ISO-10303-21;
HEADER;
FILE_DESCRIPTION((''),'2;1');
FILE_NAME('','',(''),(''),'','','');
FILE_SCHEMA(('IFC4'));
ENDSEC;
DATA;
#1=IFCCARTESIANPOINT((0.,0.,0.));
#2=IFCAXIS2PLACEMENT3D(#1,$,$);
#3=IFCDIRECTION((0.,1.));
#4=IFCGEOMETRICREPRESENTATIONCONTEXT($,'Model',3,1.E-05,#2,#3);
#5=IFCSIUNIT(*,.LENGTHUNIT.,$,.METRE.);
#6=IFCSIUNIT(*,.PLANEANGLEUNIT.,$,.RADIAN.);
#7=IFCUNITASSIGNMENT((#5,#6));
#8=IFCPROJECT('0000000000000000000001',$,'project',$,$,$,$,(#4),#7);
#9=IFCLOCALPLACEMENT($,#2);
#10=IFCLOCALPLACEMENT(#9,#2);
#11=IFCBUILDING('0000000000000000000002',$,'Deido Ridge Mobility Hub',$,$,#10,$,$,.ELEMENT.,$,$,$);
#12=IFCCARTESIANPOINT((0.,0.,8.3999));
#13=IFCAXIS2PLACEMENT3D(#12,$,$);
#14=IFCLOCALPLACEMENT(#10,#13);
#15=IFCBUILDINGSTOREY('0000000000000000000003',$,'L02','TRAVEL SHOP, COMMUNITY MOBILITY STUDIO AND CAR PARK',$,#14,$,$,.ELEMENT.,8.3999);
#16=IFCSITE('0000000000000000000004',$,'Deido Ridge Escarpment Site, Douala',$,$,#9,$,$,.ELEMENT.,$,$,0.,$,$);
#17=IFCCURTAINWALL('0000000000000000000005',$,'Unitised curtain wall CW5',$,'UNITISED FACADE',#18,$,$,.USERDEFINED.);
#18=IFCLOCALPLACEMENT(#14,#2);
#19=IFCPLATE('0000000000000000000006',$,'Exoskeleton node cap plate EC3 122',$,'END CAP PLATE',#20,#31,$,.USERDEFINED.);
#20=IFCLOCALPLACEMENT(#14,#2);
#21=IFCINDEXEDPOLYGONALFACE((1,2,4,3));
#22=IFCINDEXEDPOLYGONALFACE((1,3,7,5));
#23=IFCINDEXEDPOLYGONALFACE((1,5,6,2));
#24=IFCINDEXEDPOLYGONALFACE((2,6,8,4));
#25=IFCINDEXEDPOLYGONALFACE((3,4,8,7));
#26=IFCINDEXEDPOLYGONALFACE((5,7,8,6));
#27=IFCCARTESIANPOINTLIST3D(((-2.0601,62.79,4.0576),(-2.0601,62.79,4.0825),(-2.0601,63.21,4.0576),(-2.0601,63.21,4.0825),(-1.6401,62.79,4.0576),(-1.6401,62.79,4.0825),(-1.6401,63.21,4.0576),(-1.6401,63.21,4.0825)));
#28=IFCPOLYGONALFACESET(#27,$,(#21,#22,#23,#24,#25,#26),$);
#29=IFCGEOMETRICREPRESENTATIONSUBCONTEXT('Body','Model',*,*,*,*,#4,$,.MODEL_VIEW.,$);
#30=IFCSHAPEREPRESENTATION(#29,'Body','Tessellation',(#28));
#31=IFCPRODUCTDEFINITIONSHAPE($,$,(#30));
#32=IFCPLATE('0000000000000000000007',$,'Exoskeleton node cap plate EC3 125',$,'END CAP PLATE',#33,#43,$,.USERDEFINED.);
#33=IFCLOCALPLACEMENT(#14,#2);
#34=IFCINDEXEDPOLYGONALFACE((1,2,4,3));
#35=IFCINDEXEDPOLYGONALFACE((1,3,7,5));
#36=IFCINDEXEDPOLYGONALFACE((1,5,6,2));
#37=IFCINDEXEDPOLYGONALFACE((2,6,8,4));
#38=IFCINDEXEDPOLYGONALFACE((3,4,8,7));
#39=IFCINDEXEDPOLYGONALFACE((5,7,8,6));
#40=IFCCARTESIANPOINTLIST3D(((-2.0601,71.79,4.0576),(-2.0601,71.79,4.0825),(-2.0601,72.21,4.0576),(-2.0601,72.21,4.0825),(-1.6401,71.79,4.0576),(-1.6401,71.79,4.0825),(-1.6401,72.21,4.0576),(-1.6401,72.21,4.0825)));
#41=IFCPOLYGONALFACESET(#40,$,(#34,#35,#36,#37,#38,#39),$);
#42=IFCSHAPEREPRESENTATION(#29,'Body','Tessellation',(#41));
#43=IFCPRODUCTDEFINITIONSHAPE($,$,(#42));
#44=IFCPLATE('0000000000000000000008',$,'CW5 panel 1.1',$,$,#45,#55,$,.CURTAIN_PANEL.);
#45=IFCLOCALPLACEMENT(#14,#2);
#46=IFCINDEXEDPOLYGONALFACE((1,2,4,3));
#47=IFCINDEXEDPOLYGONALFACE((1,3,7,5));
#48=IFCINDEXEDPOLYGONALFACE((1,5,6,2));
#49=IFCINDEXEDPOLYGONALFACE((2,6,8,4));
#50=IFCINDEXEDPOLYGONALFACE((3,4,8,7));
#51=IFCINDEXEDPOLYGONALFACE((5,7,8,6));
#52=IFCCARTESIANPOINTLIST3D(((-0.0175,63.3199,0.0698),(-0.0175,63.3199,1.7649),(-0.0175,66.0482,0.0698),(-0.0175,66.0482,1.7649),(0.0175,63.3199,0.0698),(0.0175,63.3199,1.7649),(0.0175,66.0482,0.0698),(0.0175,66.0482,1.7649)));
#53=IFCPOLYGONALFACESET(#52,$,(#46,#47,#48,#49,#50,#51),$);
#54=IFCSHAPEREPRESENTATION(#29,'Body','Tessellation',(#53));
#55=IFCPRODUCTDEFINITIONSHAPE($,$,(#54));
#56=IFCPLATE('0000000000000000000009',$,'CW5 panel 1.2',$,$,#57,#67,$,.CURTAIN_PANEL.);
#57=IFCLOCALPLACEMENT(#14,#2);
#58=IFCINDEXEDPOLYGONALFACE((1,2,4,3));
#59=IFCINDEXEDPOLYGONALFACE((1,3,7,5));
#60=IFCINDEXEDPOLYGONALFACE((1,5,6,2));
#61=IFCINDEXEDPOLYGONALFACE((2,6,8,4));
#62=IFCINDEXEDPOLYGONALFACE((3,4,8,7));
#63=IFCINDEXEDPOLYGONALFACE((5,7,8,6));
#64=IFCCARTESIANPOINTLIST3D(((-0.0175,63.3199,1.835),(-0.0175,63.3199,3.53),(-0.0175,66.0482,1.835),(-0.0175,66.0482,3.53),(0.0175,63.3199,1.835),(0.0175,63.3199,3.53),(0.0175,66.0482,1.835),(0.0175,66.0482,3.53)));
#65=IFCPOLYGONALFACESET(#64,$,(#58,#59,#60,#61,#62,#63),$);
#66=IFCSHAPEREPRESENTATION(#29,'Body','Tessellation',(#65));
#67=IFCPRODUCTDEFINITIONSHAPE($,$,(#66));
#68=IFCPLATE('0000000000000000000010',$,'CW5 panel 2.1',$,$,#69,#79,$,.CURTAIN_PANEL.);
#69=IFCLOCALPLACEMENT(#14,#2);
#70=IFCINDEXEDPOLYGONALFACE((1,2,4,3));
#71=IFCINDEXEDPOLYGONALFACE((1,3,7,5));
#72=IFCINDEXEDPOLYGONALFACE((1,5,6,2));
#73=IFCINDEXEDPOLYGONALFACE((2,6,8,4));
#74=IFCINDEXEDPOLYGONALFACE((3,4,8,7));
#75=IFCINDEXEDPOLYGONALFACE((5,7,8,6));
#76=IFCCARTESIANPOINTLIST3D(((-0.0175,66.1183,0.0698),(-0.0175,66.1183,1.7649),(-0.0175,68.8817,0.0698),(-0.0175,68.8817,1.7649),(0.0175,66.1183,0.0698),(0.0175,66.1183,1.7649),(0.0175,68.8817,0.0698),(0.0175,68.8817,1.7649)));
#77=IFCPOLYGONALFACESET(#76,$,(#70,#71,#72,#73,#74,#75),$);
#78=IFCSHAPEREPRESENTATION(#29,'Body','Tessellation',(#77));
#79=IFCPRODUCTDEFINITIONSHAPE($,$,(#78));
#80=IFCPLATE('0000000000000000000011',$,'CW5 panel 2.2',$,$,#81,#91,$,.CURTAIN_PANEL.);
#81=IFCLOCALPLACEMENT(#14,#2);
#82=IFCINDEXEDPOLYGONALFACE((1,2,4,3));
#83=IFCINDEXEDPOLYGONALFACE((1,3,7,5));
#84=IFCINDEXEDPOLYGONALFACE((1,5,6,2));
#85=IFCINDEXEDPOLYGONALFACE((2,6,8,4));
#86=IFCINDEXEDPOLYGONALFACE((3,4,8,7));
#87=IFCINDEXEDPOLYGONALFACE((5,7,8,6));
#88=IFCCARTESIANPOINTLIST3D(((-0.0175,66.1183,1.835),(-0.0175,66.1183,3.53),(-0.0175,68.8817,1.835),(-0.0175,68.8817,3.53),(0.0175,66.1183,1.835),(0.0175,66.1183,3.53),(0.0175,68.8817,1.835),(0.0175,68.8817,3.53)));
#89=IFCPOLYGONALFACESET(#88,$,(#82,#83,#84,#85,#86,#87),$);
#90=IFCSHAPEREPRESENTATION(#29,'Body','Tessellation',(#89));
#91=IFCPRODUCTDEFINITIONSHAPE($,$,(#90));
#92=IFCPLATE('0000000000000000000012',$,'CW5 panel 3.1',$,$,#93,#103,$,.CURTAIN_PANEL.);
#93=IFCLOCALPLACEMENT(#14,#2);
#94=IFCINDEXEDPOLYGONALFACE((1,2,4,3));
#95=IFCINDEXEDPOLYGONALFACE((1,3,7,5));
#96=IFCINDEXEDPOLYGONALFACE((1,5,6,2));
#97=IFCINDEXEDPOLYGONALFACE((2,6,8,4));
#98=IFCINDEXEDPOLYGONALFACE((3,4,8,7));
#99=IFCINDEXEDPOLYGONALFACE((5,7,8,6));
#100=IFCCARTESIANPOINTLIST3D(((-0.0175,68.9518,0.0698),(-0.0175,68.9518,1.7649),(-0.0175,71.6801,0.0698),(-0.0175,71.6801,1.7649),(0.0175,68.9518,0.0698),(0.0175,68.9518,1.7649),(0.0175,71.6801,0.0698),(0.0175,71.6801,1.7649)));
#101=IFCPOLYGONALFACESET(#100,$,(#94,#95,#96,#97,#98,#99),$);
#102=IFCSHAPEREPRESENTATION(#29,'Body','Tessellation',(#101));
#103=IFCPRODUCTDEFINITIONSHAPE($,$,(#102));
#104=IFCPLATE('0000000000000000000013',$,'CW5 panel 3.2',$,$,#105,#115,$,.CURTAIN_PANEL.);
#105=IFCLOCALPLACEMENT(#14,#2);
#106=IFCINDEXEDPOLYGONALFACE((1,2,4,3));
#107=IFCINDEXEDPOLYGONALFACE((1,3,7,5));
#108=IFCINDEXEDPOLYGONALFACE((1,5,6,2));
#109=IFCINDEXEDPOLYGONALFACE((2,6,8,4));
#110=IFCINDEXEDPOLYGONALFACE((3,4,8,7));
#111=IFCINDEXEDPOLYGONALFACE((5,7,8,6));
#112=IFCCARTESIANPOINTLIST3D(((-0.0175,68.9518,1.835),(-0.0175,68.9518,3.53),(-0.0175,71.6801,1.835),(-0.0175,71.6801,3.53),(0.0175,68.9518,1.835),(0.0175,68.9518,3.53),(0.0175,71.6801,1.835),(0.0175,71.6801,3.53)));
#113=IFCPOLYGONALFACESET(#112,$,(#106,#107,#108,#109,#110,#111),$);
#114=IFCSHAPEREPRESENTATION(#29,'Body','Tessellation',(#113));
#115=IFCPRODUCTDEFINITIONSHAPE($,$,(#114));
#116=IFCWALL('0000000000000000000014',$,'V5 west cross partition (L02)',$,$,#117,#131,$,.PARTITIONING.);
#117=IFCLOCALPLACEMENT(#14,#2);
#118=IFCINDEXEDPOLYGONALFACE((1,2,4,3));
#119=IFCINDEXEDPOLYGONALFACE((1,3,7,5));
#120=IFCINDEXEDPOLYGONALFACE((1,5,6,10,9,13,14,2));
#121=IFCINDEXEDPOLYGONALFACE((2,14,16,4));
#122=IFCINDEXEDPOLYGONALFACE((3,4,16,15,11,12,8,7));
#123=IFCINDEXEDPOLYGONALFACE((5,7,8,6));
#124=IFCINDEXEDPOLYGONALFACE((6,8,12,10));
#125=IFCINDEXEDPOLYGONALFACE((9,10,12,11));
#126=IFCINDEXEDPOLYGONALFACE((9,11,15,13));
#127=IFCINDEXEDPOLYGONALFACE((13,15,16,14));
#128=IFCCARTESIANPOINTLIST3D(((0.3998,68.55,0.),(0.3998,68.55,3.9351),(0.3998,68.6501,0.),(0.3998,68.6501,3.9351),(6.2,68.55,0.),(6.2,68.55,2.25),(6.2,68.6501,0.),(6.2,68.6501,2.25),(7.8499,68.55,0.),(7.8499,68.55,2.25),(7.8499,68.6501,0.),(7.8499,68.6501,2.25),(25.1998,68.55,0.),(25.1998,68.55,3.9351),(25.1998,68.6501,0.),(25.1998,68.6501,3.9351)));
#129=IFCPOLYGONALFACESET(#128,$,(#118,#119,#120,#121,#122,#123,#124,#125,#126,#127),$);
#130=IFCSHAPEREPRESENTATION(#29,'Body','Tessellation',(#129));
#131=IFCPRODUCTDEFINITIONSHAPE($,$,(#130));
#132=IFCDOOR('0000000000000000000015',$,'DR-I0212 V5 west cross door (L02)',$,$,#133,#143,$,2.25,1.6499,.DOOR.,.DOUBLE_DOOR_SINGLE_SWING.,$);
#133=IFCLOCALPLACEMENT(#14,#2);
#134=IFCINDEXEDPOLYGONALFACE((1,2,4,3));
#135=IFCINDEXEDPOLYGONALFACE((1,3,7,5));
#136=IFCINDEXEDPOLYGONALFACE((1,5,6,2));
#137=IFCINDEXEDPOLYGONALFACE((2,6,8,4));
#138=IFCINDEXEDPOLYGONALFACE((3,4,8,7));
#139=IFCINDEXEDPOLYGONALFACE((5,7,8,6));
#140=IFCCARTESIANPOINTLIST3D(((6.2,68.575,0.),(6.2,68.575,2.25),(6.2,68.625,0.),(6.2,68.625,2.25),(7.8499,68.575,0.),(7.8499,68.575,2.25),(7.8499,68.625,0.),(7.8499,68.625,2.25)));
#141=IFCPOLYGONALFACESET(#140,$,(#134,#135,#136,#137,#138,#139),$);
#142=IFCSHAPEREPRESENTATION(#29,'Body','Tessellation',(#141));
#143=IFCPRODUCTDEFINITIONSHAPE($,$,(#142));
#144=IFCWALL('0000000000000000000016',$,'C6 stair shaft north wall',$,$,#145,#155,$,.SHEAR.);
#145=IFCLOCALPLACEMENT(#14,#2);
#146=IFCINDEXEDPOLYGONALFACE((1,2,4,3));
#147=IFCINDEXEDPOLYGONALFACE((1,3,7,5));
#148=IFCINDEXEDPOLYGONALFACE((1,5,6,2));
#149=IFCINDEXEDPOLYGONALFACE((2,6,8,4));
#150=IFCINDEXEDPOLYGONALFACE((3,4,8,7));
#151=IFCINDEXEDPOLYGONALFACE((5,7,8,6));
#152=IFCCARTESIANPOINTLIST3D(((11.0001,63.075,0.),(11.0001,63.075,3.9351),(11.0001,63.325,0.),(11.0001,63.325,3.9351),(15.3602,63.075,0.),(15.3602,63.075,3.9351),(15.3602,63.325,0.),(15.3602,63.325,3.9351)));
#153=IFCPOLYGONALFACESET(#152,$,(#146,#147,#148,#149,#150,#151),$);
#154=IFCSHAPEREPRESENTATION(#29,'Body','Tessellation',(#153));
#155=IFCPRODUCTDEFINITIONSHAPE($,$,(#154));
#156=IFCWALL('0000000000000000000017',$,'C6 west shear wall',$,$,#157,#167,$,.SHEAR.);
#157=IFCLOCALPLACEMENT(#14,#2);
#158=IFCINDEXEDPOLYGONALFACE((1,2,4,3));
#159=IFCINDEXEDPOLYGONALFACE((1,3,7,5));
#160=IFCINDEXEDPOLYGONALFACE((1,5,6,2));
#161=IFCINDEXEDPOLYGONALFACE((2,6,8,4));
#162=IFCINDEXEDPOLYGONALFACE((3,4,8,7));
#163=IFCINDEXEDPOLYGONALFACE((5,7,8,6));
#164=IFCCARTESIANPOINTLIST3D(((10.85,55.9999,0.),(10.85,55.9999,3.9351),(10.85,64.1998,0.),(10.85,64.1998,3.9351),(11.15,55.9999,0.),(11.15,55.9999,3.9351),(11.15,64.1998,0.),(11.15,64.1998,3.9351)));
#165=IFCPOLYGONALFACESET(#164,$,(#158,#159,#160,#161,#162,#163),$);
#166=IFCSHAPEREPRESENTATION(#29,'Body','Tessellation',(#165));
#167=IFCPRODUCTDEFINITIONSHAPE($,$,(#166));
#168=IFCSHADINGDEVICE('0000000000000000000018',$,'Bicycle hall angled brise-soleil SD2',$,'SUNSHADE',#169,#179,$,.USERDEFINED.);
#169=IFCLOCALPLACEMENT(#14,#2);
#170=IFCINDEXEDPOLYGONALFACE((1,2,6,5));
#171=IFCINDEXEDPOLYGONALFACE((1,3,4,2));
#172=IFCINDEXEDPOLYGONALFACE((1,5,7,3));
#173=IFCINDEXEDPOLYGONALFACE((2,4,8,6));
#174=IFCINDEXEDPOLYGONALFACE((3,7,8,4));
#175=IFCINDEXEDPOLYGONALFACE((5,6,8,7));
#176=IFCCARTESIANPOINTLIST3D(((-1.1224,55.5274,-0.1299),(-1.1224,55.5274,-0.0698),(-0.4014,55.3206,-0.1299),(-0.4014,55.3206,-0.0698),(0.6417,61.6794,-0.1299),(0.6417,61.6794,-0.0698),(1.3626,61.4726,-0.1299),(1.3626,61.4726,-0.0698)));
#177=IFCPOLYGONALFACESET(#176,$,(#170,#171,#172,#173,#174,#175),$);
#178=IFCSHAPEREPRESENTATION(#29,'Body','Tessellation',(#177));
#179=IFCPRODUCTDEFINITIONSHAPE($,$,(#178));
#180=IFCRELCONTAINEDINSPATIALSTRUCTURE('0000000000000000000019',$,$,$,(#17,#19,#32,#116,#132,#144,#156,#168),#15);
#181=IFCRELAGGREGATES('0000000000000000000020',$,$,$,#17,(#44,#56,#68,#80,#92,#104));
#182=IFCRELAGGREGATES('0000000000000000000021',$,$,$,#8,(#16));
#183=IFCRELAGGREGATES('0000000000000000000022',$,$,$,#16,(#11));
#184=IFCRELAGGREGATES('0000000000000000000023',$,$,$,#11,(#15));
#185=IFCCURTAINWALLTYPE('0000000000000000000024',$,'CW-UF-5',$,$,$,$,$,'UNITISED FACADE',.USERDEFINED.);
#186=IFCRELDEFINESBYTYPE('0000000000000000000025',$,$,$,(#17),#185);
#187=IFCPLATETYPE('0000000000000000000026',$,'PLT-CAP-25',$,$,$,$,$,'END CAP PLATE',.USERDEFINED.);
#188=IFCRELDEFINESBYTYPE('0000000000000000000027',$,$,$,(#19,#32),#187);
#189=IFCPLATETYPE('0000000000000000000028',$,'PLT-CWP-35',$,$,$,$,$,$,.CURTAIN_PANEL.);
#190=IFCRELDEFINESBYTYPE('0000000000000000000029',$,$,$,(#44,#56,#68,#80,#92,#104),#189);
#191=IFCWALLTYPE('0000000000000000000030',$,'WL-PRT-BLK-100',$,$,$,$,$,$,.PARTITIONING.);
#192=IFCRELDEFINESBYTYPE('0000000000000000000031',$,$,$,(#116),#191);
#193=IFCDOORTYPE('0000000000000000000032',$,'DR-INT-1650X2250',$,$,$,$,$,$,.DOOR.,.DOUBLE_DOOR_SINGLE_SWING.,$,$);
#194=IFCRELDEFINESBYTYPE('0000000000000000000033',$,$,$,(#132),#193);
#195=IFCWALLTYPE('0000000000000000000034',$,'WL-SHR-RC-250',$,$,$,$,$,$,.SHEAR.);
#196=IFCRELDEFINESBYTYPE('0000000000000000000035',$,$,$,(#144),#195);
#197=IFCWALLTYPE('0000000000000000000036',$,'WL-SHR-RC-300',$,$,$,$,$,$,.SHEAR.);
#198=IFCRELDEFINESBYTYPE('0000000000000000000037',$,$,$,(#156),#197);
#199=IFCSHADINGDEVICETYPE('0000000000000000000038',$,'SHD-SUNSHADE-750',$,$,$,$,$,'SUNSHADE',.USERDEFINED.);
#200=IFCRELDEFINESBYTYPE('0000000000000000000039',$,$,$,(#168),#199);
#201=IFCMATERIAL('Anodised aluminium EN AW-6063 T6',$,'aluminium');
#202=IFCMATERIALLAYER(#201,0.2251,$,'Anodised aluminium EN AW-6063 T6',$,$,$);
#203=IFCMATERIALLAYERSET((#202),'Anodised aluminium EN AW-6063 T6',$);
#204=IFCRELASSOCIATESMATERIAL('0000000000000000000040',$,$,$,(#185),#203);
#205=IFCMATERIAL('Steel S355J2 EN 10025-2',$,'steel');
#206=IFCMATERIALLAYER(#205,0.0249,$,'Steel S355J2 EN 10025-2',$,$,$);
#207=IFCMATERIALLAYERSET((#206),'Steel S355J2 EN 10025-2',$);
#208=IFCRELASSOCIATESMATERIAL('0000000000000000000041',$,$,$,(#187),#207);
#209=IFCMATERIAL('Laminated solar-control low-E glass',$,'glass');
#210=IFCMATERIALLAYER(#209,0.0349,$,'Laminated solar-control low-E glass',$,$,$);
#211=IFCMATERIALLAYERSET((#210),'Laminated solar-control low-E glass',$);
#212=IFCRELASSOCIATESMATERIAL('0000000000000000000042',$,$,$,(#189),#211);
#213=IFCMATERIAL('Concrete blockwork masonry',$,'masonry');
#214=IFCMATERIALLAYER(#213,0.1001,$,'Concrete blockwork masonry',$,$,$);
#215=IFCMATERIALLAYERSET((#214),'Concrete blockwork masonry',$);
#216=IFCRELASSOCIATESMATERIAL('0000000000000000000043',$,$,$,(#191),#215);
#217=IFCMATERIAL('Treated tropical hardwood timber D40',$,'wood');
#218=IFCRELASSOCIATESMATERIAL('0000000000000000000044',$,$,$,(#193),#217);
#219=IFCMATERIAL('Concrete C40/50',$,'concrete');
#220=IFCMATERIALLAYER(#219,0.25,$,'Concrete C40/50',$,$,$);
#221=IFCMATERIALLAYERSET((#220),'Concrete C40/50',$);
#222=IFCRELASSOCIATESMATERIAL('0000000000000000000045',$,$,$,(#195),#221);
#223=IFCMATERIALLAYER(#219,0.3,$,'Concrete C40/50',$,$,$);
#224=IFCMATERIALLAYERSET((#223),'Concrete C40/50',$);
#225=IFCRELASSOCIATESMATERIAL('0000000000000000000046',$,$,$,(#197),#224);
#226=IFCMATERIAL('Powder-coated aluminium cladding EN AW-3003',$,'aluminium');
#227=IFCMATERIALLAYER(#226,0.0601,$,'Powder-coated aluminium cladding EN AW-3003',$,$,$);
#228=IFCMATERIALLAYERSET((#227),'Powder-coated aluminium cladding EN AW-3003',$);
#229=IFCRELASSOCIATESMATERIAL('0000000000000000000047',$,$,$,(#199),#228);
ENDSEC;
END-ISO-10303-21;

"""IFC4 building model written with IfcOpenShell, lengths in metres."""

from ifc_helpers import new_model, si_unit, direction, frame, frame_2d, origin, origin_2d, place, context, subcontext, project, spatial, rectangle, extrude, material, layer, layer_set, type_object, element, fill, aggregate, save


model = new_model("IFC4")

# Units and contexts
model_context = context("Model", 3, precision=1e-05, world=origin(), true_north=direction((0.0, 1.0)))
body_context = subcontext(model_context, "Body", "Model", "MODEL_VIEW")
ifc_project = project(units=[si_unit("LENGTHUNIT", "METRE"), si_unit("PLANEANGLEUNIT", "RADIAN")], contexts=[model_context])

# Site, building, storey
site_placement = place(None, origin())
site = spatial("IfcSite", under=ifc_project, at=site_placement, Name="Deido Ridge Escarpment Site, Douala", CompositionType="ELEMENT", RefElevation=0.0)
building_placement = place(site_placement, origin())
building = spatial("IfcBuilding", under=site, at=building_placement, Name="Deido Ridge Mobility Hub", CompositionType="ELEMENT")
storey_placement = place(building_placement, frame((0.0, 0.0, 8.3999)))
storey = spatial("IfcBuildingStorey", under=building, at=storey_placement, Name="L02", Description="TRAVEL SHOP, COMMUNITY MOBILITY STUDIO AND CAR PARK", CompositionType="ELEMENT", Elevation=8.3999)

# Shared definitions
ifc_material_1 = material(Name="Steel S355J2 EN 10025-2", Category="steel")

# Curtain wall
ifc_material_2 = material(Name="Anodised aluminium EN AW-6063 T6", Category="aluminium")
ifc_layer_1 = layer(ifc_material_2, 0.2251, Name="Anodised aluminium EN AW-6063 T6")
ifc_layer_set_1 = layer_set([ifc_layer_1], Name="Anodised aluminium EN AW-6063 T6")
curtain_wall_type = type_object("IfcCurtainWallType", Name="CW-UF-5", ElementType="UNITISED FACADE", PredefinedType="USERDEFINED", material=ifc_layer_set_1)
curtain_wall_placement = place(storey_placement, origin())
curtain_wall = element("IfcCurtainWall", 1, at=curtain_wall_placement, inside=storey, type_object=curtain_wall_type, Name="Unitised curtain wall CW5", ObjectType="UNITISED FACADE", PredefinedType="USERDEFINED")

# Plates
ifc_layer_2 = layer(ifc_material_1, 0.0249, Name="Steel S355J2 EN 10025-2")
ifc_layer_set_2 = layer_set([ifc_layer_2], Name="Steel S355J2 EN 10025-2")
plate_type_1 = type_object("IfcPlateType", Name="PLT-CAP-25", ElementType="END CAP PLATE", PredefinedType="USERDEFINED", material=ifc_layer_set_2)
for number, where, z_axis, x_axis, name in (
    (2, (-1.8501, 63.0, 4.0576), (0.0, 0.0, 1.0), (1.0, 0.0, 0.0), "Exoskeleton node cap plate EC3 122"),
    (3, (-1.8501, 72.0, 4.0576), (0.0, 0.0, 1.0), (1.0, 0.0, 0.0), "Exoskeleton node cap plate EC3 125"),
):
    element("IfcPlate", number, at=place(storey_placement, frame(where, z_axis=z_axis, x_axis=x_axis)), inside=storey, type_object=plate_type_1, Name=name, ObjectType="END CAP PLATE", PredefinedType="USERDEFINED", context=body_context, shape_type="SweptSolid", body=[
        extrude(rectangle(XDim=0.4199, YDim=0.4199, at=origin_2d()), origin(), (0.0, 0.0, 1.0), 0.0249),
    ])

# Plates
ifc_material_3 = material(Name="Laminated solar-control low-E glass", Category="glass")
ifc_layer_3 = layer(ifc_material_3, 0.0349, Name="Laminated solar-control low-E glass")
ifc_layer_set_3 = layer_set([ifc_layer_3], Name="Laminated solar-control low-E glass")
plate_type_2 = type_object("IfcPlateType", Name="PLT-CWP-35", PredefinedType="CURTAIN_PANEL", material=ifc_layer_set_3)
plate_1_placement = place(storey_placement, frame((0.0, 64.6841, 0.0698), z_axis=(0.0, 0.0, 1.0), x_axis=(0.0, 1.0, 0.0)))
plate_1 = element("IfcPlate", 4, at=plate_1_placement, type_object=plate_type_2, Name="CW5 panel 1.1", PredefinedType="CURTAIN_PANEL", context=body_context, shape_type="SweptSolid", body=[
    extrude(rectangle(XDim=2.7283, YDim=0.0349, at=origin_2d()), origin(), (0.0, 0.0, 1.0), 1.6951),
])
plate_2_placement = place(storey_placement, frame((0.0, 64.6841, 1.835), z_axis=(0.0, 0.0, 1.0), x_axis=(0.0, 1.0, 0.0)))
plate_2 = element("IfcPlate", 5, at=plate_2_placement, type_object=plate_type_2, Name="CW5 panel 1.2", PredefinedType="CURTAIN_PANEL", context=body_context, shape_type="SweptSolid", body=[
    extrude(rectangle(XDim=2.7283, YDim=0.0349, at=origin_2d()), origin(), (0.0, 0.0, 1.0), 1.6951),
])
plate_3_placement = place(storey_placement, frame((0.0, 67.5, 0.0698), z_axis=(0.0, 0.0, 1.0), x_axis=(0.0, 1.0, 0.0)))
plate_3 = element("IfcPlate", 6, at=plate_3_placement, type_object=plate_type_2, Name="CW5 panel 2.1", PredefinedType="CURTAIN_PANEL", context=body_context, shape_type="SweptSolid", body=[
    extrude(rectangle(XDim=2.7634, YDim=0.0349, at=origin_2d()), origin(), (0.0, 0.0, 1.0), 1.6951),
])
plate_4_placement = place(storey_placement, frame((0.0, 67.5, 1.835), z_axis=(0.0, 0.0, 1.0), x_axis=(0.0, 1.0, 0.0)))
plate_4 = element("IfcPlate", 7, at=plate_4_placement, type_object=plate_type_2, Name="CW5 panel 2.2", PredefinedType="CURTAIN_PANEL", context=body_context, shape_type="SweptSolid", body=[
    extrude(rectangle(XDim=2.7634, YDim=0.0349, at=origin_2d()), origin(), (0.0, 0.0, 1.0), 1.6951),
])
plate_5_placement = place(storey_placement, frame((0.0, 70.3159, 0.0698), z_axis=(0.0, 0.0, 1.0), x_axis=(0.0, 1.0, 0.0)))
plate_5 = element("IfcPlate", 8, at=plate_5_placement, type_object=plate_type_2, Name="CW5 panel 3.1", PredefinedType="CURTAIN_PANEL", context=body_context, shape_type="SweptSolid", body=[
    extrude(rectangle(XDim=2.7283, YDim=0.0349, at=origin_2d()), origin(), (0.0, 0.0, 1.0), 1.6951),
])
plate_6_placement = place(storey_placement, frame((0.0, 70.3159, 1.835), z_axis=(0.0, 0.0, 1.0), x_axis=(0.0, 1.0, 0.0)))
plate_6 = element("IfcPlate", 9, at=plate_6_placement, type_object=plate_type_2, Name="CW5 panel 3.2", PredefinedType="CURTAIN_PANEL", context=body_context, shape_type="SweptSolid", body=[
    extrude(rectangle(XDim=2.7283, YDim=0.0349, at=origin_2d()), origin(), (0.0, 0.0, 1.0), 1.6951),
])
aggregate(curtain_wall, [plate_1, plate_2, plate_3, plate_4, plate_5, plate_6])

# Wall, opening, door
ifc_material_4 = material(Name="Concrete blockwork masonry", Category="masonry")
ifc_layer_4 = layer(ifc_material_4, 0.1001, Name="Concrete blockwork masonry")
ifc_layer_set_4 = layer_set([ifc_layer_4], Name="Concrete blockwork masonry")
wall_type_1 = type_object("IfcWallType", Name="WL-PRT-BLK-100", PredefinedType="PARTITIONING", material=ifc_layer_set_4)
wall_1_placement = place(storey_placement, frame((0.3999, 68.6001, 0.0), z_axis=(0.0, 0.0, 1.0), x_axis=(1.0, 0.0, 0.0)))
wall_1 = element("IfcWall", 10, at=wall_1_placement, inside=storey, type_object=wall_type_1, Name="V5 west cross partition (L02)", PredefinedType="PARTITIONING", context=body_context, shape_type="SweptSolid", body=[
    extrude(rectangle(XDim=24.8, YDim=0.1001, at=frame_2d((12.3999, 0.0))), origin(), (0.0, 0.0, 1.0), 3.9351),
])
opening_placement = place(wall_1_placement, frame((5.8, 0.0, 0.0)))
opening = element("IfcOpeningElement", 11, at=opening_placement, cuts=wall_1, PredefinedType="OPENING", context=body_context, shape_type="SweptSolid", body=[
    extrude(rectangle(XDim=1.6499, YDim=2.25, at=frame_2d((0.825, 1.125))), frame((0.0, 0.0601, 0.0), z_axis=(0.0, -1.0, 0.0), x_axis=(1.0, 0.0, 0.0)), (0.0, 0.0, 1.0), 0.1201),
])
ifc_material_5 = material(Name="Treated tropical hardwood timber D40", Category="wood")
door_type = type_object("IfcDoorType", Name="DR-INT-1650X2250", OperationType="DOUBLE_DOOR_SINGLE_SWING", PredefinedType="DOOR", material=ifc_material_5)
door_placement = place(opening_placement, origin())
door = element("IfcDoor", 12, at=door_placement, inside=storey, type_object=door_type, Name="DR-I0212 V5 west cross door (L02)", OperationType="DOUBLE_DOOR_SINGLE_SWING", OverallHeight=2.25, OverallWidth=1.6499, PredefinedType="DOOR", context=body_context, shape_type="SweptSolid", body=[
    extrude(rectangle(XDim=1.6499, YDim=2.25, at=frame_2d((0.825, 1.125))), frame((0.0, 0.0249, 0.0), z_axis=(0.0, -1.0, 0.0), x_axis=(1.0, 0.0, 0.0)), (0.0, 0.0, 1.0), 0.05),
])
fill(opening, door)

# Walls
ifc_material_6 = material(Name="Concrete C40/50", Category="concrete")
ifc_layer_5 = layer(ifc_material_6, 0.25, Name="Concrete C40/50")
ifc_layer_set_5 = layer_set([ifc_layer_5], Name="Concrete C40/50")
wall_type_2 = type_object("IfcWallType", Name="WL-SHR-RC-250", PredefinedType="SHEAR", material=ifc_layer_set_5)
wall_2_placement = place(storey_placement, frame((11.0, 63.2, 0.0), z_axis=(0.0, 0.0, 1.0), x_axis=(1.0, 0.0, 0.0)))
element("IfcWall", 13, at=wall_2_placement, inside=storey, type_object=wall_type_2, Name="C6 stair shaft north wall", PredefinedType="SHEAR", context=body_context, shape_type="SweptSolid", body=[
    extrude(rectangle(XDim=4.3601, YDim=0.25, at=frame_2d((2.1802, 0.0))), origin(), (0.0, 0.0, 1.0), 3.9351),
])
ifc_layer_6 = layer(ifc_material_6, 0.3, Name="Concrete C40/50")
ifc_layer_set_6 = layer_set([ifc_layer_6], Name="Concrete C40/50")
wall_type_3 = type_object("IfcWallType", Name="WL-SHR-RC-300", PredefinedType="SHEAR", material=ifc_layer_set_6)
wall_3_placement = place(storey_placement, frame((11.0, 64.2, 0.0), z_axis=(0.0, 0.0, 1.0), x_axis=(0.0, -1.0, 0.0)))
element("IfcWall", 14, at=wall_3_placement, inside=storey, type_object=wall_type_3, Name="C6 west shear wall", PredefinedType="SHEAR", context=body_context, shape_type="SweptSolid", body=[
    extrude(rectangle(XDim=8.2, YDim=0.3, at=frame_2d((4.1001, 0.0))), origin(), (0.0, 0.0, 1.0), 3.9351),
])

# Shading device
ifc_material_7 = material(Name="Powder-coated aluminium cladding EN AW-3003", Category="aluminium")
ifc_layer_7 = layer(ifc_material_7, 0.0601, Name="Powder-coated aluminium cladding EN AW-3003")
ifc_layer_set_7 = layer_set([ifc_layer_7], Name="Powder-coated aluminium cladding EN AW-3003")
shading_device_type = type_object("IfcShadingDeviceType", Name="SHD-SUNSHADE-750", ElementType="SUNSHADE", PredefinedType="USERDEFINED", material=ifc_layer_set_7)
for number, where, z_axis, x_axis, name in (
    (15, (0.1201, 58.5, -0.1299), (0.0, 0.0, 1.0), (0.275637, 0.961262, 0.0), "Bicycle hall angled brise-soleil SD2"),
):
    element("IfcShadingDevice", number, at=place(storey_placement, frame(where, z_axis=z_axis, x_axis=x_axis)), inside=storey, type_object=shading_device_type, Name=name, ObjectType="SUNSHADE", PredefinedType="USERDEFINED", context=body_context, shape_type="SweptSolid", body=[
        extrude(rectangle(XDim=6.3999, YDim=0.75, at=origin_2d()), origin(), (0.0, 0.0, 1.0), 0.0601),
    ])

save(model, "model.ifc")
